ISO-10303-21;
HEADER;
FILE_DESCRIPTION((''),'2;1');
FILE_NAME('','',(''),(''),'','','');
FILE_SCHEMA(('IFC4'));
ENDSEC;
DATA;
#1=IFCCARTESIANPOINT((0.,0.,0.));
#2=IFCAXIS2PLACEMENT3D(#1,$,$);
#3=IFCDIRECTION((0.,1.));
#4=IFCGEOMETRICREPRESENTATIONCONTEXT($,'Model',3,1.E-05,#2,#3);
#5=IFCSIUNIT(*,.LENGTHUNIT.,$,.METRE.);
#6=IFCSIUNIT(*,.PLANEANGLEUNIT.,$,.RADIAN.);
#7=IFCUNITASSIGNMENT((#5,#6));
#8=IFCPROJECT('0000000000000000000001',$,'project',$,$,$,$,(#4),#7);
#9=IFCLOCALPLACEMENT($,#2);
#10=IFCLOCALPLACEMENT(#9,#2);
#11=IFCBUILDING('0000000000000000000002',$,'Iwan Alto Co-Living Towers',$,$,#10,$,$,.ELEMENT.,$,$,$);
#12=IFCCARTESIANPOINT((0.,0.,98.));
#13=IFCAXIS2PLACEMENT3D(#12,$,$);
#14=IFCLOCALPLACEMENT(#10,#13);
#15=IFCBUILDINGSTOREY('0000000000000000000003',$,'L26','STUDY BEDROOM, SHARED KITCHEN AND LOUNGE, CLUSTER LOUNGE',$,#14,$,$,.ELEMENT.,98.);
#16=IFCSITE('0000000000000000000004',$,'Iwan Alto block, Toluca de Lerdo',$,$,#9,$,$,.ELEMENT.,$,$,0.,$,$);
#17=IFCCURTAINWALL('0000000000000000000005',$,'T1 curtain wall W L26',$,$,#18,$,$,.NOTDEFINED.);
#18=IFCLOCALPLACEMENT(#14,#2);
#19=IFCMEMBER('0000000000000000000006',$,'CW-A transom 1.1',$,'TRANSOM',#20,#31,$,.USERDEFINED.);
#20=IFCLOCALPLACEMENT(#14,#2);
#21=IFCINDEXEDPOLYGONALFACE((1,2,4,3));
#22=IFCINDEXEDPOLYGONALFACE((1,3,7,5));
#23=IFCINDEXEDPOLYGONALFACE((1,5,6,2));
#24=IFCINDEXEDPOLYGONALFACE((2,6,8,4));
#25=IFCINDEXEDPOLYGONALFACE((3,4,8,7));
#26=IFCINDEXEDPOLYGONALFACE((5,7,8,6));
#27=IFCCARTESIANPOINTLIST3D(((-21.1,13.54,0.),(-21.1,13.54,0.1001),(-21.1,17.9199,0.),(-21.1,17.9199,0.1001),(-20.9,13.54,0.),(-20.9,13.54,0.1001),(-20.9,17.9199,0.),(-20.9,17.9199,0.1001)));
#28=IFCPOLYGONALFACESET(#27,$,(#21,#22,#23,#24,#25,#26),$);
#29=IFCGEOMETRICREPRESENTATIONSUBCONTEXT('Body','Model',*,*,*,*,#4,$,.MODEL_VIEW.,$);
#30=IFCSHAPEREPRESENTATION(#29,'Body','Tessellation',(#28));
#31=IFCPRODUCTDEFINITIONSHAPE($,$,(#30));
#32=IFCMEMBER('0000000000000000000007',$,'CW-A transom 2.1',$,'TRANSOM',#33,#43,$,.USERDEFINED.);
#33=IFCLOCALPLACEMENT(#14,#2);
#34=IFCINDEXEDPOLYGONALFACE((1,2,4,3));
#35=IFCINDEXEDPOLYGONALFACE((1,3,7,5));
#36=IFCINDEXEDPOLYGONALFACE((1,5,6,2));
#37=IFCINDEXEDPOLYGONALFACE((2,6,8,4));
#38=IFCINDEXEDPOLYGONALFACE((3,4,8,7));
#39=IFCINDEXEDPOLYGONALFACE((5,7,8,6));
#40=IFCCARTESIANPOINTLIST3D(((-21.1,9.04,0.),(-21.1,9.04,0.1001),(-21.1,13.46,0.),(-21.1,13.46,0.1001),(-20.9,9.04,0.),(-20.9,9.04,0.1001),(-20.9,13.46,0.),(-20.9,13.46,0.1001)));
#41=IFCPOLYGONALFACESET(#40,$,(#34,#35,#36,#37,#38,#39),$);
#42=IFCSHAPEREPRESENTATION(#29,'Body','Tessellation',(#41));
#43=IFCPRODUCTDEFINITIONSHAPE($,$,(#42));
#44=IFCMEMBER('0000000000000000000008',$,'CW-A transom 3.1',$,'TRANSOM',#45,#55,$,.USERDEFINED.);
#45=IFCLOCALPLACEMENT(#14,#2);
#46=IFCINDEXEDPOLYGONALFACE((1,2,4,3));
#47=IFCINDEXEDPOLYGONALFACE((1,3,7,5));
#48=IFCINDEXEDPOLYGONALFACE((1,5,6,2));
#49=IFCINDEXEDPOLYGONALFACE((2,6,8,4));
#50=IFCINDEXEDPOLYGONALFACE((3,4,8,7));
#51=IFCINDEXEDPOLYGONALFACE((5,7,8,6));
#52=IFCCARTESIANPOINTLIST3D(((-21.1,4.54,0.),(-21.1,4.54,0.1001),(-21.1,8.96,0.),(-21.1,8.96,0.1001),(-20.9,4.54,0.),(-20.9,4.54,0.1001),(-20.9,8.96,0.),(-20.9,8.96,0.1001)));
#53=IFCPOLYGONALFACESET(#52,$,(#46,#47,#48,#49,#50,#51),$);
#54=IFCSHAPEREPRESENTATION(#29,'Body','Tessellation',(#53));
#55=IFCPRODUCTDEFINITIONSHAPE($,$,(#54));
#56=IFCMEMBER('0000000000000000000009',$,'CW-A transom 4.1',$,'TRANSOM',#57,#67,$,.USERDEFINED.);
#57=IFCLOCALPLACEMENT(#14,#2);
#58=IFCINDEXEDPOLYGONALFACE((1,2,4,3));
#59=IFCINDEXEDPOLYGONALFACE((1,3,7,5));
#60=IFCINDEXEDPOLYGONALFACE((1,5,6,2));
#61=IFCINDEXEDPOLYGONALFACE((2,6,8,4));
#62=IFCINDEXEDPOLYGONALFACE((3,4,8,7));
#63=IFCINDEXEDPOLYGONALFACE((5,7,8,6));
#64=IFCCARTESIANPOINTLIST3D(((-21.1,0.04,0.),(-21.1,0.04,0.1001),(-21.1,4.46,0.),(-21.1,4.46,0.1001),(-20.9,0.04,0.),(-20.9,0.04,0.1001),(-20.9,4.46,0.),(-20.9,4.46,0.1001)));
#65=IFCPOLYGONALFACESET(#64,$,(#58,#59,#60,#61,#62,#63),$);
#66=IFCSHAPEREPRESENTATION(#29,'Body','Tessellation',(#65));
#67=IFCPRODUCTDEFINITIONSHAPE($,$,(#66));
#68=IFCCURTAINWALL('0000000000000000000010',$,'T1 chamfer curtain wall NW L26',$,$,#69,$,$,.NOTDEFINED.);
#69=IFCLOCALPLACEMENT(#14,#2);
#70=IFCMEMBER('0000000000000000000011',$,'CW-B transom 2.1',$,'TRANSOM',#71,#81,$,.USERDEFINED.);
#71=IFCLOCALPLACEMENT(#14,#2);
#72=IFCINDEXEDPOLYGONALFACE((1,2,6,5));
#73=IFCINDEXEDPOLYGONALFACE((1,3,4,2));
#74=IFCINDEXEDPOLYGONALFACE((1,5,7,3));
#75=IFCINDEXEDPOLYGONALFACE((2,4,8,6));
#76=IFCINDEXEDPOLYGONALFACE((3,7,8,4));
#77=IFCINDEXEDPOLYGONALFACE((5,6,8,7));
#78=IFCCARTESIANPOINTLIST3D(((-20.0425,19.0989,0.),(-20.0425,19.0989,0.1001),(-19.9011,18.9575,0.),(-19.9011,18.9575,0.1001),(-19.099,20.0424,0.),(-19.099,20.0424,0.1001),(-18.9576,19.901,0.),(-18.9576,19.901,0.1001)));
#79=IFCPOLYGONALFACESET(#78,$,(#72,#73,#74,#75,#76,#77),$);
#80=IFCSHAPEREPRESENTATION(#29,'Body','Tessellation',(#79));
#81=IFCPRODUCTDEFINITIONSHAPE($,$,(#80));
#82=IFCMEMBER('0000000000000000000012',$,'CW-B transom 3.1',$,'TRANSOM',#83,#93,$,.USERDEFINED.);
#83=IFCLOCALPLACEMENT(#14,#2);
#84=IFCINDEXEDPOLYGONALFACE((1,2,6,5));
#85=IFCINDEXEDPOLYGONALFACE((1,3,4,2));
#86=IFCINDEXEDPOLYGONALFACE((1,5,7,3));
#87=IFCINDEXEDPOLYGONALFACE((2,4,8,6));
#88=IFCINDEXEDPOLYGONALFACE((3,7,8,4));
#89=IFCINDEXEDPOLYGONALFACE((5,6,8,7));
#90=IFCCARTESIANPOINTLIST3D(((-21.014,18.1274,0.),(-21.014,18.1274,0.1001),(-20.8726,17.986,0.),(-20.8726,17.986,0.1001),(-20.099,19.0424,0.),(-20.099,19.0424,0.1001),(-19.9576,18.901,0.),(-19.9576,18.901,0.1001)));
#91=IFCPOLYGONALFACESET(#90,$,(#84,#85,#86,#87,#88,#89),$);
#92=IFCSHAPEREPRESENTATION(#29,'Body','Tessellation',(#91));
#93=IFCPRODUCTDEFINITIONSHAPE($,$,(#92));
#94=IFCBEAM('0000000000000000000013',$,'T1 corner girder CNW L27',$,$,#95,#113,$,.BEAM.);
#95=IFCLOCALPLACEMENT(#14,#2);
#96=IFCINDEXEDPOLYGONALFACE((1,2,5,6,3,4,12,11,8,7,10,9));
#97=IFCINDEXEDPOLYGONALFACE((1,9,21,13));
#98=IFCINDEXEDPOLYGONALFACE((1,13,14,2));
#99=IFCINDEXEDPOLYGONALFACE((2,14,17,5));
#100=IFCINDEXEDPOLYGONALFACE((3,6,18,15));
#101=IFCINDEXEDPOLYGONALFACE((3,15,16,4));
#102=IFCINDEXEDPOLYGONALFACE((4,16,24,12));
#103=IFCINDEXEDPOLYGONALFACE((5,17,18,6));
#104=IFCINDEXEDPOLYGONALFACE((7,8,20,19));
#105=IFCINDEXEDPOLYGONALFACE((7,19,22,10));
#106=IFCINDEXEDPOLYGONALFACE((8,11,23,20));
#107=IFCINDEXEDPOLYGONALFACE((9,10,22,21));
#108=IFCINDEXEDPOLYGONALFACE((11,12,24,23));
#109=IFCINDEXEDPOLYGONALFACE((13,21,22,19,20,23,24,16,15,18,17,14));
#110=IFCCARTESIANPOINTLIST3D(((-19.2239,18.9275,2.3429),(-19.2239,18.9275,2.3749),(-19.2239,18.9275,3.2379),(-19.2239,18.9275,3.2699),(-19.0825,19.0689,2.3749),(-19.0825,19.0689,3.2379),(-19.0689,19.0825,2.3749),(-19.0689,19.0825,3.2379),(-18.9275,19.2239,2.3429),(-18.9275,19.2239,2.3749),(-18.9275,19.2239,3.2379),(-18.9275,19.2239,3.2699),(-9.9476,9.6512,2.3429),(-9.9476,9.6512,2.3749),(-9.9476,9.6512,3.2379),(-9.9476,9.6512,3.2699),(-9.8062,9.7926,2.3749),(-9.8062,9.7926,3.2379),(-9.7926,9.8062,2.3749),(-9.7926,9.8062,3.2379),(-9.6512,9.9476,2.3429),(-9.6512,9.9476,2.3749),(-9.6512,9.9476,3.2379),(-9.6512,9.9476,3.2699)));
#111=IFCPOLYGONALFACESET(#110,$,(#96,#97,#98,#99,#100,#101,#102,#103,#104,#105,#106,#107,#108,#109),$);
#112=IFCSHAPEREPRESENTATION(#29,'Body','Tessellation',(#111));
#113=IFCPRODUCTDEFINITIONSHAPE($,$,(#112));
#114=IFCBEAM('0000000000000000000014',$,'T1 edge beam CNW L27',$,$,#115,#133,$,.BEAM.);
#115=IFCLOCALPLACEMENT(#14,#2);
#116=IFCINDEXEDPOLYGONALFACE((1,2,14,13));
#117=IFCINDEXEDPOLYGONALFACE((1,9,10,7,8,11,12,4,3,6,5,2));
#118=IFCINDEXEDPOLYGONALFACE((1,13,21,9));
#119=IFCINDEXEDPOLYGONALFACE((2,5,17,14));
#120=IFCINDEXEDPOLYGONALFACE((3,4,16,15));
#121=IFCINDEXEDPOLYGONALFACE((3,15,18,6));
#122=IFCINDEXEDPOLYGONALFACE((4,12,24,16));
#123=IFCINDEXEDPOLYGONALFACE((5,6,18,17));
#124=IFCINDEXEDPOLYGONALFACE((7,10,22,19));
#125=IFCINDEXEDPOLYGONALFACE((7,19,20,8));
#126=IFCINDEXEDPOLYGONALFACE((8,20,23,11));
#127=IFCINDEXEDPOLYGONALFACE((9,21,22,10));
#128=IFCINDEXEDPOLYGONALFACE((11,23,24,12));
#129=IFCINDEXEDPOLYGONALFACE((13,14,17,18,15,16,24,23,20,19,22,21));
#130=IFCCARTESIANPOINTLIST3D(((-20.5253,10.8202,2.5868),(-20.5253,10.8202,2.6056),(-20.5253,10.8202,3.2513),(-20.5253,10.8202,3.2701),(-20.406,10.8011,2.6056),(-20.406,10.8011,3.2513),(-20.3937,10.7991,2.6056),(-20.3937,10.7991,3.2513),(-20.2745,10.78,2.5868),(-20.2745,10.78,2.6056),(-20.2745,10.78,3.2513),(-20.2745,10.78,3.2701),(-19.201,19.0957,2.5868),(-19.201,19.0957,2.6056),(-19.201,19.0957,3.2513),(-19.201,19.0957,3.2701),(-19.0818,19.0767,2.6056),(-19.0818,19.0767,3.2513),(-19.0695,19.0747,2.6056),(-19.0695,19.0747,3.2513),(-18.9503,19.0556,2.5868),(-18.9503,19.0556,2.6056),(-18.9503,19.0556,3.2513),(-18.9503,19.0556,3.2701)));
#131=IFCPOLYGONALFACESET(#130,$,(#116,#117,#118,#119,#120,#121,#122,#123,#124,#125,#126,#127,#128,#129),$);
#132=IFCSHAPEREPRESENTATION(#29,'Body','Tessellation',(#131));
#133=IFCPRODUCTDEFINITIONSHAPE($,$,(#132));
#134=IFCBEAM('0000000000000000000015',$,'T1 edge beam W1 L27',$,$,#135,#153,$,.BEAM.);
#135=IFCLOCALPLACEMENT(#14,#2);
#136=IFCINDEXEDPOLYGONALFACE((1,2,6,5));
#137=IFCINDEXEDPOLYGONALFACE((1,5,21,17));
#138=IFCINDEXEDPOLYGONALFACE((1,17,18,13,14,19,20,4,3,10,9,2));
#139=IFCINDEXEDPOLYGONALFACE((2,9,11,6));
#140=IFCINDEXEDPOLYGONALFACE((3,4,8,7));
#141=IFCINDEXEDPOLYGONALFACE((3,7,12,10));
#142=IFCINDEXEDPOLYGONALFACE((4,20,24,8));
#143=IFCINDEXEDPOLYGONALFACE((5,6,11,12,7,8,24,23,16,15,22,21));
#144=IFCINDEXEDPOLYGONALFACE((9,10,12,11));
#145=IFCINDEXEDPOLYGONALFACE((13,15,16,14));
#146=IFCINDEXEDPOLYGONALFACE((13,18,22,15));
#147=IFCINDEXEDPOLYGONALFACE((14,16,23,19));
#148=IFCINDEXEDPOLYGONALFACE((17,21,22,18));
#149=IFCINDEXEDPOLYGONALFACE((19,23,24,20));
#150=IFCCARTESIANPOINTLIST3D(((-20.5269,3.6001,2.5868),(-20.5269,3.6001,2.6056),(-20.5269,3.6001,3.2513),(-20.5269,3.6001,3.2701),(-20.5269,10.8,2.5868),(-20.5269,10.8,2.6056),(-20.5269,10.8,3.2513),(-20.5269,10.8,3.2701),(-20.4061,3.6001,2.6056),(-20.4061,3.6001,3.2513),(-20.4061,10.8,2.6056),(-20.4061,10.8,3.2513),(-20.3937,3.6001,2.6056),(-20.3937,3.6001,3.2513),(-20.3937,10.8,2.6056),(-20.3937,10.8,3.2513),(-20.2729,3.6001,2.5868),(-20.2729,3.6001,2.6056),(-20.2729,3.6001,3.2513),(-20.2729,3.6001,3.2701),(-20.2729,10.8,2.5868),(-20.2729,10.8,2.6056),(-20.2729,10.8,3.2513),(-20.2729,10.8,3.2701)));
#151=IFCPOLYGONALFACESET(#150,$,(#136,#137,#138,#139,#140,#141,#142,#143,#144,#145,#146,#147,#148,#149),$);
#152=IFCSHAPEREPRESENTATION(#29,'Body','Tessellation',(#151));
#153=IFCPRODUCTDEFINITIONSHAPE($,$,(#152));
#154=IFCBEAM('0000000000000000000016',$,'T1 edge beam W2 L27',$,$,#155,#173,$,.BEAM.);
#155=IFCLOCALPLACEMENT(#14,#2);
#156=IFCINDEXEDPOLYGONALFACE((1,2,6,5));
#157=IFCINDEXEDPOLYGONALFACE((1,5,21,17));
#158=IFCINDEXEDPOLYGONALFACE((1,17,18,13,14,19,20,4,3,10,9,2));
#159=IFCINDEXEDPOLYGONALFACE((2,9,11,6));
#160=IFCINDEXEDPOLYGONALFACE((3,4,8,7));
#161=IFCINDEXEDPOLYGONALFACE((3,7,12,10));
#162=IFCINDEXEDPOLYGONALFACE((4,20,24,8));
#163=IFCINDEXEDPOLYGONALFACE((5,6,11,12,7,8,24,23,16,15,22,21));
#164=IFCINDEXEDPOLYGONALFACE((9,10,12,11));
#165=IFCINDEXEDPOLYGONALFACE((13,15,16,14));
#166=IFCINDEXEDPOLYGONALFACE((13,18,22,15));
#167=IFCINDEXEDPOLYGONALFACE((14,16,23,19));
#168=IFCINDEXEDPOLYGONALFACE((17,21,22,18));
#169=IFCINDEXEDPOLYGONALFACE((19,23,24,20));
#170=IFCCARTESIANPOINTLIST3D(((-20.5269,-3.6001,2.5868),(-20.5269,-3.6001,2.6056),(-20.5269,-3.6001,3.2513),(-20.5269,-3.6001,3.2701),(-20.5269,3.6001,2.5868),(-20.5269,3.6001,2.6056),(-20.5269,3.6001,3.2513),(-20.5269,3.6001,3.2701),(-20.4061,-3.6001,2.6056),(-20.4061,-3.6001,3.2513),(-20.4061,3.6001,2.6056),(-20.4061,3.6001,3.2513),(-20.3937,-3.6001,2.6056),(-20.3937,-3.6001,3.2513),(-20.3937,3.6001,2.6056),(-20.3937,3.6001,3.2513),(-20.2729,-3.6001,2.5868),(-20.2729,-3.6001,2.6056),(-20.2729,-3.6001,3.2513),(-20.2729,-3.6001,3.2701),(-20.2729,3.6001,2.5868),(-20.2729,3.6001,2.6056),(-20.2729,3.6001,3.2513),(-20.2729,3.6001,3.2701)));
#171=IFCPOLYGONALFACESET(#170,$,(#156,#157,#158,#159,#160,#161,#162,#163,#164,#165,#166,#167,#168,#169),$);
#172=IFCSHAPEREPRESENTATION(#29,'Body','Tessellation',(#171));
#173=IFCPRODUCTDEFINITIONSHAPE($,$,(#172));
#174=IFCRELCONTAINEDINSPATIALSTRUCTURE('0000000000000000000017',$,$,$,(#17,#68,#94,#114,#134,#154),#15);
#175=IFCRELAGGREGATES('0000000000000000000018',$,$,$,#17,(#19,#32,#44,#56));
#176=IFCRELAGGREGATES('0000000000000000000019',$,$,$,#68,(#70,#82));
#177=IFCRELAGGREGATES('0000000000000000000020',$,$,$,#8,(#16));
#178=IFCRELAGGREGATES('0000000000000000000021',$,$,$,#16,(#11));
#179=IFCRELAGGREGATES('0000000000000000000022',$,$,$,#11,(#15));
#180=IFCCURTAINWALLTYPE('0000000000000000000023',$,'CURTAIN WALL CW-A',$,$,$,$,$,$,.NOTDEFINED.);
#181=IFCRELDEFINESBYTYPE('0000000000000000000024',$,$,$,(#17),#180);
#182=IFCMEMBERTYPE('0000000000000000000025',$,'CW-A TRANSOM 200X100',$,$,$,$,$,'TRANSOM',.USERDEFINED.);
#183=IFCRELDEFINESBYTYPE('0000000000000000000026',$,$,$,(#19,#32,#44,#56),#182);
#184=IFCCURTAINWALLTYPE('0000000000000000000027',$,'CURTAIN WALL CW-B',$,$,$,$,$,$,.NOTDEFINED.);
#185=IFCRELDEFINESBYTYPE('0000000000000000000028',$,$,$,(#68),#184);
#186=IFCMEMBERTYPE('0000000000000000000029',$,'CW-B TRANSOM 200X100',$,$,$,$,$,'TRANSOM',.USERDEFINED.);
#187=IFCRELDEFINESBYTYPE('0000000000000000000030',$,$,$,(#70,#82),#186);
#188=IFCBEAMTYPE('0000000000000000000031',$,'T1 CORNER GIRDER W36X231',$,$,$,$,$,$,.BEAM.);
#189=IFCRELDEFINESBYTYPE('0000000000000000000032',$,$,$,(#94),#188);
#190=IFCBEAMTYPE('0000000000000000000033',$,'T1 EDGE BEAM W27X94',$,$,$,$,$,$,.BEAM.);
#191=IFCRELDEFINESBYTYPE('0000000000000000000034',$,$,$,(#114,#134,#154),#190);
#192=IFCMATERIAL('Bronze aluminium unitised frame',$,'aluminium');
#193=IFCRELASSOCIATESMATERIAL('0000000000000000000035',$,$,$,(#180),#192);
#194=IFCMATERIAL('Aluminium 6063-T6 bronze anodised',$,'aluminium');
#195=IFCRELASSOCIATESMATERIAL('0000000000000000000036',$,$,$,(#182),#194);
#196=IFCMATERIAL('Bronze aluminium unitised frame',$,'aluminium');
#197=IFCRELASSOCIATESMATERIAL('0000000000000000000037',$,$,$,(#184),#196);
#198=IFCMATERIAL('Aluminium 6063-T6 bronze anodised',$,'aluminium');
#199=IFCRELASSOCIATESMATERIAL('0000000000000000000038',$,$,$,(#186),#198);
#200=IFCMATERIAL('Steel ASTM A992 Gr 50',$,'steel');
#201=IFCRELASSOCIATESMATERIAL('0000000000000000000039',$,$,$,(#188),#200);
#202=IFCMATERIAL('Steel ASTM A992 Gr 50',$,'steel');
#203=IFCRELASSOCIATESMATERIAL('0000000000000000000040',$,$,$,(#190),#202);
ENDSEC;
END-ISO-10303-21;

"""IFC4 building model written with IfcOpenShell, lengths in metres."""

from ifc_helpers import new_model, si_unit, direction, frame, origin, origin_2d, place, context, subcontext, project, spatial, rectangle, i_section, extrude, material, material_profile, profile_set, type_object, element, aggregate, save


model = new_model("IFC4")

# Units and contexts
model_context = context("Model", 3, precision=1e-05, world=origin(), true_north=direction((0.0, 1.0)))
body_context = subcontext(model_context, "Body", "Model", "MODEL_VIEW")
ifc_project = project(units=[si_unit("LENGTHUNIT", "METRE"), si_unit("PLANEANGLEUNIT", "RADIAN")], contexts=[model_context])

# Site, building, storey
site_placement = place(None, origin())
site = spatial("IfcSite", under=ifc_project, at=site_placement, Name="Iwan Alto block, Toluca de Lerdo", CompositionType="ELEMENT", RefElevation=0.0)
building_placement = place(site_placement, origin())
building = spatial("IfcBuilding", under=site, at=building_placement, Name="Iwan Alto Co-Living Towers", CompositionType="ELEMENT")
storey_placement = place(building_placement, frame((0.0, 0.0, 98.0)))
storey = spatial("IfcBuildingStorey", under=building, at=storey_placement, Name="L26", Description="STUDY BEDROOM, SHARED KITCHEN AND LOUNGE, CLUSTER LOUNGE", CompositionType="ELEMENT", Elevation=98.0)

# Curtain walls, members
ifc_material_1 = material(Name="Bronze aluminium unitised frame", Category="aluminium")
curtain_wall_type_1 = type_object("IfcCurtainWallType", Name="CURTAIN WALL CW-A", PredefinedType="NOTDEFINED", material=ifc_material_1)
curtain_wall_1_placement = place(storey_placement, origin())
curtain_wall_1 = element("IfcCurtainWall", 1, at=curtain_wall_1_placement, inside=storey, type_object=curtain_wall_type_1, Name="T1 curtain wall W L26", PredefinedType="NOTDEFINED")
ifc_material_2 = material(Name="Aluminium 6063-T6 bronze anodised", Category="aluminium")
ifc_material_profile_1 = material_profile(ifc_material_2, rectangle(XDim=0.2, YDim=0.1001, at=origin_2d()), Name="AL 200X100")
ifc_profile_set_1 = profile_set([ifc_material_profile_1], Name="Aluminium 6063-T6 bronze anodised")
member_type_1 = type_object("IfcMemberType", Name="CW-A TRANSOM 200X100", ElementType="TRANSOM", PredefinedType="USERDEFINED", material=ifc_profile_set_1)
member_1_placement = place(storey_placement, frame((-21.0, 17.9199, 0.05), z_axis=(0.0, -1.0, 0.0), x_axis=(1.0, 0.0, 0.0)))
member_1 = element("IfcMember", 2, at=member_1_placement, type_object=member_type_1, Name="CW-A transom 1.1", ObjectType="TRANSOM", PredefinedType="USERDEFINED", context=body_context, shape_type="SweptSolid", body=[
    extrude(rectangle(XDim=0.2, YDim=0.1001, at=origin_2d()), origin(), (0.0, 0.0, 1.0), 4.3799),
])
member_2_placement = place(storey_placement, frame((-21.0, 13.46, 0.05), z_axis=(0.0, -1.0, 0.0), x_axis=(1.0, 0.0, 0.0)))
member_2 = element("IfcMember", 3, at=member_2_placement, type_object=member_type_1, Name="CW-A transom 2.1", ObjectType="TRANSOM", PredefinedType="USERDEFINED", context=body_context, shape_type="SweptSolid", body=[
    extrude(rectangle(XDim=0.2, YDim=0.1001, at=origin_2d()), origin(), (0.0, 0.0, 1.0), 4.4199),
])
member_3_placement = place(storey_placement, frame((-21.0, 8.96, 0.05), z_axis=(0.0, -1.0, 0.0), x_axis=(1.0, 0.0, 0.0)))
member_3 = element("IfcMember", 4, at=member_3_placement, type_object=member_type_1, Name="CW-A transom 3.1", ObjectType="TRANSOM", PredefinedType="USERDEFINED", context=body_context, shape_type="SweptSolid", body=[
    extrude(rectangle(XDim=0.2, YDim=0.1001, at=origin_2d()), origin(), (0.0, 0.0, 1.0), 4.4199),
])
member_4_placement = place(storey_placement, frame((-21.0, 4.46, 0.05), z_axis=(0.0, -1.0, 0.0), x_axis=(1.0, 0.0, 0.0)))
member_4 = element("IfcMember", 5, at=member_4_placement, type_object=member_type_1, Name="CW-A transom 4.1", ObjectType="TRANSOM", PredefinedType="USERDEFINED", context=body_context, shape_type="SweptSolid", body=[
    extrude(rectangle(XDim=0.2, YDim=0.1001, at=origin_2d()), origin(), (0.0, 0.0, 1.0), 4.4199),
])
ifc_material_3 = material(Name="Bronze aluminium unitised frame", Category="aluminium")
curtain_wall_type_2 = type_object("IfcCurtainWallType", Name="CURTAIN WALL CW-B", PredefinedType="NOTDEFINED", material=ifc_material_3)
curtain_wall_2_placement = place(storey_placement, origin())
curtain_wall_2 = element("IfcCurtainWall", 6, at=curtain_wall_2_placement, inside=storey, type_object=curtain_wall_type_2, Name="T1 chamfer curtain wall NW L26", PredefinedType="NOTDEFINED")
ifc_material_4 = material(Name="Aluminium 6063-T6 bronze anodised", Category="aluminium")
ifc_material_profile_2 = material_profile(ifc_material_4, rectangle(XDim=0.2, YDim=0.1001, at=origin_2d()), Name="AL 200X100")
ifc_profile_set_2 = profile_set([ifc_material_profile_2], Name="Aluminium 6063-T6 bronze anodised")
member_type_2 = type_object("IfcMemberType", Name="CW-B TRANSOM 200X100", ElementType="TRANSOM", PredefinedType="USERDEFINED", material=ifc_profile_set_2)
member_5_placement = place(storey_placement, frame((-19.0283, 19.9717, 0.05), z_axis=(-0.707107, -0.707107, 0.0), x_axis=(0.707107, -0.707107, 0.0)))
member_5 = element("IfcMember", 7, at=member_5_placement, type_object=member_type_2, Name="CW-B transom 2.1", ObjectType="TRANSOM", PredefinedType="USERDEFINED", context=body_context, shape_type="SweptSolid", body=[
    extrude(rectangle(XDim=0.2, YDim=0.1001, at=origin_2d()), origin(), (0.0, 0.0, 1.0), 1.3342),
])
member_6_placement = place(storey_placement, frame((-20.0283, 18.9717, 0.05), z_axis=(-0.707107, -0.707107, 0.0), x_axis=(0.707107, -0.707107, 0.0)))
member_6 = element("IfcMember", 8, at=member_6_placement, type_object=member_type_2, Name="CW-B transom 3.1", ObjectType="TRANSOM", PredefinedType="USERDEFINED", context=body_context, shape_type="SweptSolid", body=[
    extrude(rectangle(XDim=0.2, YDim=0.1001, at=origin_2d()), origin(), (0.0, 0.0, 1.0), 1.2939),
])

# Beams
ifc_material_5 = material(Name="Steel ASTM A992 Gr 50", Category="steel")
ifc_material_profile_3 = material_profile(ifc_material_5, i_section(OverallWidth=0.4192, OverallDepth=0.927, WebThickness=0.0193, FlangeThickness=0.032, at=origin_2d()), Name="W36X231")
ifc_profile_set_3 = profile_set([ifc_material_profile_3], Name="Steel ASTM A992 Gr 50")
beam_type_1 = type_object("IfcBeamType", Name="T1 CORNER GIRDER W36X231", PredefinedType="BEAM", material=ifc_profile_set_3)
beam_1_placement = place(storey_placement, frame((-19.0757, 19.0757, 2.8064), z_axis=(0.707107, -0.707107, 0.0), x_axis=(0.707107, 0.707107, 0.0)))
element("IfcBeam", 9, at=beam_1_placement, inside=storey, type_object=beam_type_1, Name="T1 corner girder CNW L27", PredefinedType="BEAM", context=body_context, shape_type="SweptSolid", body=[
    extrude(i_section(OverallWidth=0.4192, OverallDepth=0.927, WebThickness=0.0193, FlangeThickness=0.032, at=origin_2d()), origin(), (0.0, 0.0, 1.0), 13.1187),
])
ifc_material_6 = material(Name="Steel ASTM A992 Gr 50", Category="steel")
ifc_material_profile_4 = material_profile(ifc_material_6, i_section(OverallWidth=0.2539, OverallDepth=0.6833, WebThickness=0.0125, FlangeThickness=0.0188, at=origin_2d()), Name="W27X94")
ifc_profile_set_4 = profile_set([ifc_material_profile_4], Name="Steel ASTM A992 Gr 50")
beam_type_2 = type_object("IfcBeamType", Name="T1 EDGE BEAM W27X94", PredefinedType="BEAM", material=ifc_profile_set_4)
beam_2_placement = place(storey_placement, frame((-19.0757, 19.0757, 2.9285), z_axis=(-0.158004, -0.987438, 0.0), x_axis=(0.987438, -0.158004, 0.0)))
element("IfcBeam", 10, at=beam_2_placement, inside=storey, type_object=beam_type_2, Name="T1 edge beam CNW L27", PredefinedType="BEAM", context=body_context, shape_type="SweptSolid", body=[
    extrude(i_section(OverallWidth=0.2539, OverallDepth=0.6833, WebThickness=0.0125, FlangeThickness=0.0188, at=origin_2d()), origin(), (0.0, 0.0, 1.0), 8.3809),
])
beam_3_placement = place(storey_placement, frame((-20.3999, 10.8, 2.9285), z_axis=(0.0, -1.0, 0.0), x_axis=(1.0, 0.0, 0.0)))
element("IfcBeam", 11, at=beam_3_placement, inside=storey, type_object=beam_type_2, Name="T1 edge beam W1 L27", PredefinedType="BEAM", context=body_context, shape_type="SweptSolid", body=[
    extrude(i_section(OverallWidth=0.2539, OverallDepth=0.6833, WebThickness=0.0125, FlangeThickness=0.0188, at=origin_2d()), origin(), (0.0, 0.0, 1.0), 7.2),
])
beam_4_placement = place(storey_placement, frame((-20.3999, 3.6001, 2.9285), z_axis=(0.0, -1.0, 0.0), x_axis=(1.0, 0.0, 0.0)))
element("IfcBeam", 12, at=beam_4_placement, inside=storey, type_object=beam_type_2, Name="T1 edge beam W2 L27", PredefinedType="BEAM", context=body_context, shape_type="SweptSolid", body=[
    extrude(i_section(OverallWidth=0.2539, OverallDepth=0.6833, WebThickness=0.0125, FlangeThickness=0.0188, at=origin_2d()), origin(), (0.0, 0.0, 1.0), 7.2002),
])

aggregate(curtain_wall_1, [member_1, member_2, member_3, member_4])
aggregate(curtain_wall_2, [member_5, member_6])

save(model, "model.ifc")
